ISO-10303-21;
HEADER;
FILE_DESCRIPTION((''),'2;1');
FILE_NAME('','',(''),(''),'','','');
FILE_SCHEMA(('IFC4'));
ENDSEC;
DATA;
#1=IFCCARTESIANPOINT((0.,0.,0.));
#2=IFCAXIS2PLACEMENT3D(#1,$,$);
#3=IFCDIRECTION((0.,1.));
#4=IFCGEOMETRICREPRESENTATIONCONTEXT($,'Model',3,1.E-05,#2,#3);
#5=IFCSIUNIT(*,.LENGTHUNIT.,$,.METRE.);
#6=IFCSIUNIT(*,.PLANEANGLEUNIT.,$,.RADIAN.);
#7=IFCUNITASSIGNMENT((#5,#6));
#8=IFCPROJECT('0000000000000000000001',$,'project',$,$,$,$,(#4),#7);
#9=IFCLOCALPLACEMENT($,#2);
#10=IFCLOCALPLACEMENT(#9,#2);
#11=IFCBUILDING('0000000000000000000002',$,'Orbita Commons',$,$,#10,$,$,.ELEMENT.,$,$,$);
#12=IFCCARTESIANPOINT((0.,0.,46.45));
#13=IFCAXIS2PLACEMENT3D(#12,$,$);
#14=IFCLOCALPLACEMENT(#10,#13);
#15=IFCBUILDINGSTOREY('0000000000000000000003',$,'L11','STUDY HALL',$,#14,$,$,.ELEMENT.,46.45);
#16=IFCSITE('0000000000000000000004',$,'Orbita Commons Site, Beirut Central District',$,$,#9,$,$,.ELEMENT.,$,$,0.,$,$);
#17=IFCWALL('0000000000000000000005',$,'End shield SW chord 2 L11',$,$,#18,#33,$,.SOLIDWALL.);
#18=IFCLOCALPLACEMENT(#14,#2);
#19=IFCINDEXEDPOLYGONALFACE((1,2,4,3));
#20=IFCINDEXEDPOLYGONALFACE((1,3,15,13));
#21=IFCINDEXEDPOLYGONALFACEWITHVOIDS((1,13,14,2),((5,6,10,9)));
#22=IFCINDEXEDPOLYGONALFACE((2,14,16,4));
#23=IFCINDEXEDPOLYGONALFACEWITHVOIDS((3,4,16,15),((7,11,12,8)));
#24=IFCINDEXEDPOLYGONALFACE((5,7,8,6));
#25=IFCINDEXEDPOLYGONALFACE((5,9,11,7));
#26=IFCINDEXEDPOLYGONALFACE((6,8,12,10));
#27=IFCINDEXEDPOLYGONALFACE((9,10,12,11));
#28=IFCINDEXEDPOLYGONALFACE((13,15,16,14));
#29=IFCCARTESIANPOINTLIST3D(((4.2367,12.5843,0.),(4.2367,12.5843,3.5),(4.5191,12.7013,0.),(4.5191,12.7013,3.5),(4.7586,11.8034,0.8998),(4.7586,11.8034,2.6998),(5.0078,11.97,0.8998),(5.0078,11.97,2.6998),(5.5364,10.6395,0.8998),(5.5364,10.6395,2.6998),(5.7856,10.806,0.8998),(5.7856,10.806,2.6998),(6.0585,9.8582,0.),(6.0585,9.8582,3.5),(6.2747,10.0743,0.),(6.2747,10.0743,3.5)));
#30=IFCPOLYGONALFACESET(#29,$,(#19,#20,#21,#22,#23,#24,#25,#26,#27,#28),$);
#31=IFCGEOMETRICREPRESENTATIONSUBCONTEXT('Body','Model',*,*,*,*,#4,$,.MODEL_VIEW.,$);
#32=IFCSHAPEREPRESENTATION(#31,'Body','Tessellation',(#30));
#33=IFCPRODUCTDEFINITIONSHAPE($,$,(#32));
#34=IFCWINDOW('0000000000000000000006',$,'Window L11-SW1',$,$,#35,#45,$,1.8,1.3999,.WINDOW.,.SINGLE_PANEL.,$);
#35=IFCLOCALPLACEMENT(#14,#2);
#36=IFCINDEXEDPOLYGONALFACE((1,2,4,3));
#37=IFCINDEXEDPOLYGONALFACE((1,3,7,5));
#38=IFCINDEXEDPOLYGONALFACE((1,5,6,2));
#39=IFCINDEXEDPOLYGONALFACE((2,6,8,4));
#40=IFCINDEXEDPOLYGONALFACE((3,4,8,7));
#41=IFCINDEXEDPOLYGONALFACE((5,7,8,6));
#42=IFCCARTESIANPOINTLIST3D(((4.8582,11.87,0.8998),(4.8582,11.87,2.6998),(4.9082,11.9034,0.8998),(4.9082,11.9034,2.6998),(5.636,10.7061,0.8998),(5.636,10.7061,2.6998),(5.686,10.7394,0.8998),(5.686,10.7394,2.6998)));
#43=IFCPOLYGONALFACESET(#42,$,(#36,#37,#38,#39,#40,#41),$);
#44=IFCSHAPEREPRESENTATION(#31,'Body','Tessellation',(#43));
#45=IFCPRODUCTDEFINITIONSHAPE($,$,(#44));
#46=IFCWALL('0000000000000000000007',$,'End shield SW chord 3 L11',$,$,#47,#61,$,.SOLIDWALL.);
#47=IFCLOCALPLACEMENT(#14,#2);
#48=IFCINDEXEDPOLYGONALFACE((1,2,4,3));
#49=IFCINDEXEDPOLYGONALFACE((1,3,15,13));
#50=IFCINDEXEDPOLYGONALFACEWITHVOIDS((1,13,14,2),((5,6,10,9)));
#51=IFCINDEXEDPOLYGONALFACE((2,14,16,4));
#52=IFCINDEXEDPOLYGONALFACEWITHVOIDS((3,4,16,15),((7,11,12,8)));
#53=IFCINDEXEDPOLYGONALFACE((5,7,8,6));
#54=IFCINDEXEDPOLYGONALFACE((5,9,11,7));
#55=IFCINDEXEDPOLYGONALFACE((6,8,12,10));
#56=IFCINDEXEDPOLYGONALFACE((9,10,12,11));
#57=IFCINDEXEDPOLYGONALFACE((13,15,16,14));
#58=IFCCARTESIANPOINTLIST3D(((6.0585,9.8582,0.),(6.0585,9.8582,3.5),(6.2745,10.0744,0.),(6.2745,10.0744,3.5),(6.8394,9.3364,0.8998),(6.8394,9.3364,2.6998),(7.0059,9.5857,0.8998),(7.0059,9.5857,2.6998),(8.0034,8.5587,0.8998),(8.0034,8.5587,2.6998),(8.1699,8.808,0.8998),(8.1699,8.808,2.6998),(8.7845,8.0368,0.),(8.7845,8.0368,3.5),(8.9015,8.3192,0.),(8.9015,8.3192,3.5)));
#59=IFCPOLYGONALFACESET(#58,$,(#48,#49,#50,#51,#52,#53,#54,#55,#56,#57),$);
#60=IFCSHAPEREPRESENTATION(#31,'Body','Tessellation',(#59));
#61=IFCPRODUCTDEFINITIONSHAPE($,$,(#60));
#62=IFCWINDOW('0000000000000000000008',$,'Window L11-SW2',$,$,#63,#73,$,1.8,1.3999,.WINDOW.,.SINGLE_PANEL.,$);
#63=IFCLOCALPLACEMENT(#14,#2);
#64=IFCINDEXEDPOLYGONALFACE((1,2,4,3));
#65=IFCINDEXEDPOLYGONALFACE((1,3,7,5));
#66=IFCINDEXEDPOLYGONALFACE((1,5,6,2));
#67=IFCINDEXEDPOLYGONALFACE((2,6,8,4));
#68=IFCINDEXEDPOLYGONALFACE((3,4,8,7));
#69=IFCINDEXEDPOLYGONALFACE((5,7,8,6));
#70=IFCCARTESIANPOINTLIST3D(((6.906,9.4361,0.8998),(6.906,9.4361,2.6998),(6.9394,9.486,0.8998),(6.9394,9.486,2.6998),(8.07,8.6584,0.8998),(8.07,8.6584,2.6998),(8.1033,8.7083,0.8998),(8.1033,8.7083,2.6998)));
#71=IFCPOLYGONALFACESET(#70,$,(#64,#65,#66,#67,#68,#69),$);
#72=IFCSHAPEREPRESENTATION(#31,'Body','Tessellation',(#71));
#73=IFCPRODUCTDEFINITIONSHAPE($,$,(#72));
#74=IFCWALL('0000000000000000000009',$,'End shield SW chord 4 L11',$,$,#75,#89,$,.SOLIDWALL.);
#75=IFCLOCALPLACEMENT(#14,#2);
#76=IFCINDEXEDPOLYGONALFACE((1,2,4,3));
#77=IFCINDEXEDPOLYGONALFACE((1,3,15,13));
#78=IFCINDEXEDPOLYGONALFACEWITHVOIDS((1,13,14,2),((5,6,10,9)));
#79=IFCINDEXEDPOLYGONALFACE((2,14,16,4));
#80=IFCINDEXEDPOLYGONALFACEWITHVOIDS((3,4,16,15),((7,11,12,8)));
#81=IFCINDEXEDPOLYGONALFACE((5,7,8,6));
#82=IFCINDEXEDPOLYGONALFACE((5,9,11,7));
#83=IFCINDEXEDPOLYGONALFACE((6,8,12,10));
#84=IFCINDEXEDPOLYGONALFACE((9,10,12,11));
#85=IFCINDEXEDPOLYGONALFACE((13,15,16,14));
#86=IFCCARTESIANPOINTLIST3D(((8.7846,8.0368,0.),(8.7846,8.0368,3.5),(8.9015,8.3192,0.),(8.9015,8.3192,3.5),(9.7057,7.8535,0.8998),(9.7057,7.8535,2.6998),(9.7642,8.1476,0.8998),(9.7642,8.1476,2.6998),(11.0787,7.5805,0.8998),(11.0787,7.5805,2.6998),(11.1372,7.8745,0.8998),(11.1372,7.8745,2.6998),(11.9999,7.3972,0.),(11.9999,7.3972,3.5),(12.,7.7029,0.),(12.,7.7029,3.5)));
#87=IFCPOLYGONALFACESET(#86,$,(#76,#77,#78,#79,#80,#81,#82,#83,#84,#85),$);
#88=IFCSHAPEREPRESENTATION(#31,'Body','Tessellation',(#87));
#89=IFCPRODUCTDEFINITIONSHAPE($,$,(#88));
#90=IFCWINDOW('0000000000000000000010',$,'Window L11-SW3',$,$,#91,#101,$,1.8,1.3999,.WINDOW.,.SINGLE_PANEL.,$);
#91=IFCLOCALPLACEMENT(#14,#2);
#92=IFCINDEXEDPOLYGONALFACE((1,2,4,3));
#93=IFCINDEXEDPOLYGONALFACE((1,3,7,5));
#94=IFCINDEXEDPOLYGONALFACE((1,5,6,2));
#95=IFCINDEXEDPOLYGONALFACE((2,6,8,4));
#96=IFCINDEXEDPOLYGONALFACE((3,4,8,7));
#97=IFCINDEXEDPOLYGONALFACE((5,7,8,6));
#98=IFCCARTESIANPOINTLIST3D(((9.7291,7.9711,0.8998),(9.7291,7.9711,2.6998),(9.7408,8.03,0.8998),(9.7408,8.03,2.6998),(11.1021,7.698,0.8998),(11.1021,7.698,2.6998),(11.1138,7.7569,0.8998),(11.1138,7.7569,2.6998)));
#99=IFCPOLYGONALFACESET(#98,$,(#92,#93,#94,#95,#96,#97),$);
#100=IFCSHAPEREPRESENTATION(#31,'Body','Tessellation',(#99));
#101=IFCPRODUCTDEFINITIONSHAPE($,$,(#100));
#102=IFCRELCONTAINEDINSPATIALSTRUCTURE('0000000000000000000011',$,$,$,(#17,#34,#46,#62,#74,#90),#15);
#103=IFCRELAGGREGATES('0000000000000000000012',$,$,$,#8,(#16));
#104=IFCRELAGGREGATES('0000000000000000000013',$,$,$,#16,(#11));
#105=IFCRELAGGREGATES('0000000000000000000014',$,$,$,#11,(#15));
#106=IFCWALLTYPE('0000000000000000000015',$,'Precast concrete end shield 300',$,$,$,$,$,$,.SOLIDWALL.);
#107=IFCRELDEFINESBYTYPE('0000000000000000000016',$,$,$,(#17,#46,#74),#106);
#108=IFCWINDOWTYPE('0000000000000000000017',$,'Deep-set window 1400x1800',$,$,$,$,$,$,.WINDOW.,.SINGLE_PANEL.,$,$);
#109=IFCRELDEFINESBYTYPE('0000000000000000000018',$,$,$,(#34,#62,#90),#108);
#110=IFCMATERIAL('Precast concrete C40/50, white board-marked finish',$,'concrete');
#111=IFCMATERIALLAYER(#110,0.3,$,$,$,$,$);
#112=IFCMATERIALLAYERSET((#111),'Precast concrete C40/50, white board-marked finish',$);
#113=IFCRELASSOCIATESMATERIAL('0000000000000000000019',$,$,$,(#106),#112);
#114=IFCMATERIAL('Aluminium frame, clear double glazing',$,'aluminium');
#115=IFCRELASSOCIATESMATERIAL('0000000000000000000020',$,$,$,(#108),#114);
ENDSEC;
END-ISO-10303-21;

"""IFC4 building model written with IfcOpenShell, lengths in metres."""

from ifc_helpers import new_model, si_unit, direction, frame, frame_2d, origin, place, context, subcontext, project, spatial, polyline, rectangle, outline, extrude, material, layer, layer_set, type_object, element, fill, save


model = new_model("IFC4")

# Units and contexts
model_context = context("Model", 3, precision=1e-05, world=origin(), true_north=direction((0.0, 1.0)))
body_context = subcontext(model_context, "Body", "Model", "MODEL_VIEW")
ifc_project = project(units=[si_unit("LENGTHUNIT", "METRE"), si_unit("PLANEANGLEUNIT", "RADIAN")], contexts=[model_context])

# Site, building, storey
site_placement = place(None, origin())
site = spatial("IfcSite", under=ifc_project, at=site_placement, Name="Orbita Commons Site, Beirut Central District", CompositionType="ELEMENT", RefElevation=0.0)
building_placement = place(site_placement, origin())
building = spatial("IfcBuilding", under=site, at=building_placement, Name="Orbita Commons", CompositionType="ELEMENT")
storey_placement = place(building_placement, frame((0.0, 0.0, 46.45)))
storey = spatial("IfcBuildingStorey", under=building, at=storey_placement, Name="L11", Description="STUDY HALL", CompositionType="ELEMENT", Elevation=46.45)

# Walls, openings, windows
ifc_material_1 = material(Name="Precast concrete C40/50, white board-marked finish", Category="concrete")
ifc_layer_1 = layer(ifc_material_1, 0.3)
ifc_layer_set_1 = layer_set([ifc_layer_1], Name="Precast concrete C40/50, white board-marked finish")
wall_type_1 = type_object("IfcWallType", Name="Precast concrete end shield 300", PredefinedType="SOLIDWALL", material=ifc_layer_set_1)
wall_1_placement = place(storey_placement, frame((4.3779, 12.6428, 0.0), z_axis=(0.0, 0.0, 1.0), x_axis=(0.55561, -0.831443, 0.0)))
wall_1 = element("IfcWall", 1, at=wall_1_placement, inside=storey, type_object=wall_type_1, Name="End shield SW chord 2 L11", PredefinedType="SOLIDWALL", context=body_context, shape_type="SweptSolid", body=[
    extrude(outline(polyline([(-0.0298, -0.1499), (3.249, -0.1499), (3.1895, 0.1499), (0.0298, 0.1499), (-0.0298, -0.1499)])), origin(), (0.0, 0.0, 1.0), 3.5),
])
opening_1_placement = place(wall_1_placement, frame((0.9094, 0.0, 0.8999)))
opening_1 = element("IfcOpeningElement", 2, at=opening_1_placement, cuts=wall_1, PredefinedType="OPENING", context=body_context, shape_type="SweptSolid", body=[
    extrude(rectangle(XDim=1.3999, YDim=1.8, at=frame_2d((0.7, 0.8999))), frame((0.0, 0.1599, 0.0), z_axis=(0.0, -1.0, 0.0), x_axis=(1.0, 0.0, 0.0)), (0.0, 0.0, 1.0), 0.3201),
])
ifc_material_2 = material(Name="Aluminium frame, clear double glazing", Category="aluminium")
window_type = type_object("IfcWindowType", Name="Deep-set window 1400x1800", PartitioningType="SINGLE_PANEL", PredefinedType="WINDOW", material=ifc_material_2)
window_1_placement = place(opening_1_placement, origin())
window_1 = element("IfcWindow", 3, at=window_1_placement, inside=storey, type_object=window_type, Name="Window L11-SW1", OverallHeight=1.8, OverallWidth=1.3999, PartitioningType="SINGLE_PANEL", PredefinedType="WINDOW", context=body_context, shape_type="SweptSolid", body=[
    extrude(rectangle(XDim=1.3999, YDim=1.8, at=frame_2d((0.7, 0.8999))), frame((0.0, 0.03, 0.0), z_axis=(0.0, -1.0, 0.0), x_axis=(1.0, 0.0, 0.0)), (0.0, 0.0, 1.0), 0.0601),
])
fill(opening_1, window_1)
wall_2_placement = place(storey_placement, frame((6.1665, 9.9663, 0.0), z_axis=(0.0, 0.0, 1.0), x_axis=(0.831478, -0.555558, 0.0)))
wall_2 = element("IfcWall", 4, at=wall_2_placement, inside=storey, type_object=wall_type_1, Name="End shield SW chord 3 L11", PredefinedType="SOLIDWALL", context=body_context, shape_type="SweptSolid", body=[
    extrude(outline(polyline([(-0.0298, -0.1499), (3.2488, -0.1499), (3.1892, 0.1499), (0.0298, 0.1499), (-0.0298, -0.1499)])), origin(), (0.0, 0.0, 1.0), 3.5),
])
opening_2_placement = place(wall_2_placement, frame((0.9094, 0.0, 0.8999)))
opening_2 = element("IfcOpeningElement", 5, at=opening_2_placement, cuts=wall_2, PredefinedType="OPENING", context=body_context, shape_type="SweptSolid", body=[
    extrude(rectangle(XDim=1.3999, YDim=1.8, at=frame_2d((0.7, 0.8999))), frame((0.0, 0.1599, 0.0), z_axis=(0.0, -1.0, 0.0), x_axis=(1.0, 0.0, 0.0)), (0.0, 0.0, 1.0), 0.3201),
])
window_2_placement = place(opening_2_placement, origin())
window_2 = element("IfcWindow", 6, at=window_2_placement, inside=storey, type_object=window_type, Name="Window L11-SW2", OverallHeight=1.8, OverallWidth=1.3999, PartitioningType="SINGLE_PANEL", PredefinedType="WINDOW", context=body_context, shape_type="SweptSolid", body=[
    extrude(rectangle(XDim=1.3999, YDim=1.8, at=frame_2d((0.7, 0.8999))), frame((0.0, 0.03, 0.0), z_axis=(0.0, -1.0, 0.0), x_axis=(1.0, 0.0, 0.0)), (0.0, 0.0, 1.0), 0.0601),
])
fill(opening_2, window_2)
wall_3_placement = place(storey_placement, frame((8.843, 8.178, 0.0), z_axis=(0.0, 0.0, 1.0), x_axis=(0.980787, -0.19508, 0.0)))
wall_3 = element("IfcWall", 7, at=wall_3_placement, inside=storey, type_object=wall_type_1, Name="End shield SW chord 4 L11", PredefinedType="SOLIDWALL", context=body_context, shape_type="SweptSolid", body=[
    extrude(outline(polyline([(-0.0298, -0.1499), (3.2485, -0.1499), (3.189, 0.1499), (0.0298, 0.1499), (-0.0298, -0.1499)])), origin(), (0.0, 0.0, 1.0), 3.5),
])
opening_3_placement = place(wall_3_placement, frame((0.9094, 0.0, 0.8999)))
opening_3 = element("IfcOpeningElement", 8, at=opening_3_placement, cuts=wall_3, PredefinedType="OPENING", context=body_context, shape_type="SweptSolid", body=[
    extrude(rectangle(XDim=1.3999, YDim=1.8, at=frame_2d((0.7, 0.8999))), frame((0.0, 0.1599, 0.0), z_axis=(0.0, -1.0, 0.0), x_axis=(1.0, 0.0, 0.0)), (0.0, 0.0, 1.0), 0.3201),
])
window_3_placement = place(opening_3_placement, origin())
window_3 = element("IfcWindow", 9, at=window_3_placement, inside=storey, type_object=window_type, Name="Window L11-SW3", OverallHeight=1.8, OverallWidth=1.3999, PartitioningType="SINGLE_PANEL", PredefinedType="WINDOW", context=body_context, shape_type="SweptSolid", body=[
    extrude(rectangle(XDim=1.3999, YDim=1.8, at=frame_2d((0.7, 0.8999))), frame((0.0, 0.03, 0.0), z_axis=(0.0, -1.0, 0.0), x_axis=(1.0, 0.0, 0.0)), (0.0, 0.0, 1.0), 0.0601),
])
fill(opening_3, window_3)

save(model, "model.ifc")
